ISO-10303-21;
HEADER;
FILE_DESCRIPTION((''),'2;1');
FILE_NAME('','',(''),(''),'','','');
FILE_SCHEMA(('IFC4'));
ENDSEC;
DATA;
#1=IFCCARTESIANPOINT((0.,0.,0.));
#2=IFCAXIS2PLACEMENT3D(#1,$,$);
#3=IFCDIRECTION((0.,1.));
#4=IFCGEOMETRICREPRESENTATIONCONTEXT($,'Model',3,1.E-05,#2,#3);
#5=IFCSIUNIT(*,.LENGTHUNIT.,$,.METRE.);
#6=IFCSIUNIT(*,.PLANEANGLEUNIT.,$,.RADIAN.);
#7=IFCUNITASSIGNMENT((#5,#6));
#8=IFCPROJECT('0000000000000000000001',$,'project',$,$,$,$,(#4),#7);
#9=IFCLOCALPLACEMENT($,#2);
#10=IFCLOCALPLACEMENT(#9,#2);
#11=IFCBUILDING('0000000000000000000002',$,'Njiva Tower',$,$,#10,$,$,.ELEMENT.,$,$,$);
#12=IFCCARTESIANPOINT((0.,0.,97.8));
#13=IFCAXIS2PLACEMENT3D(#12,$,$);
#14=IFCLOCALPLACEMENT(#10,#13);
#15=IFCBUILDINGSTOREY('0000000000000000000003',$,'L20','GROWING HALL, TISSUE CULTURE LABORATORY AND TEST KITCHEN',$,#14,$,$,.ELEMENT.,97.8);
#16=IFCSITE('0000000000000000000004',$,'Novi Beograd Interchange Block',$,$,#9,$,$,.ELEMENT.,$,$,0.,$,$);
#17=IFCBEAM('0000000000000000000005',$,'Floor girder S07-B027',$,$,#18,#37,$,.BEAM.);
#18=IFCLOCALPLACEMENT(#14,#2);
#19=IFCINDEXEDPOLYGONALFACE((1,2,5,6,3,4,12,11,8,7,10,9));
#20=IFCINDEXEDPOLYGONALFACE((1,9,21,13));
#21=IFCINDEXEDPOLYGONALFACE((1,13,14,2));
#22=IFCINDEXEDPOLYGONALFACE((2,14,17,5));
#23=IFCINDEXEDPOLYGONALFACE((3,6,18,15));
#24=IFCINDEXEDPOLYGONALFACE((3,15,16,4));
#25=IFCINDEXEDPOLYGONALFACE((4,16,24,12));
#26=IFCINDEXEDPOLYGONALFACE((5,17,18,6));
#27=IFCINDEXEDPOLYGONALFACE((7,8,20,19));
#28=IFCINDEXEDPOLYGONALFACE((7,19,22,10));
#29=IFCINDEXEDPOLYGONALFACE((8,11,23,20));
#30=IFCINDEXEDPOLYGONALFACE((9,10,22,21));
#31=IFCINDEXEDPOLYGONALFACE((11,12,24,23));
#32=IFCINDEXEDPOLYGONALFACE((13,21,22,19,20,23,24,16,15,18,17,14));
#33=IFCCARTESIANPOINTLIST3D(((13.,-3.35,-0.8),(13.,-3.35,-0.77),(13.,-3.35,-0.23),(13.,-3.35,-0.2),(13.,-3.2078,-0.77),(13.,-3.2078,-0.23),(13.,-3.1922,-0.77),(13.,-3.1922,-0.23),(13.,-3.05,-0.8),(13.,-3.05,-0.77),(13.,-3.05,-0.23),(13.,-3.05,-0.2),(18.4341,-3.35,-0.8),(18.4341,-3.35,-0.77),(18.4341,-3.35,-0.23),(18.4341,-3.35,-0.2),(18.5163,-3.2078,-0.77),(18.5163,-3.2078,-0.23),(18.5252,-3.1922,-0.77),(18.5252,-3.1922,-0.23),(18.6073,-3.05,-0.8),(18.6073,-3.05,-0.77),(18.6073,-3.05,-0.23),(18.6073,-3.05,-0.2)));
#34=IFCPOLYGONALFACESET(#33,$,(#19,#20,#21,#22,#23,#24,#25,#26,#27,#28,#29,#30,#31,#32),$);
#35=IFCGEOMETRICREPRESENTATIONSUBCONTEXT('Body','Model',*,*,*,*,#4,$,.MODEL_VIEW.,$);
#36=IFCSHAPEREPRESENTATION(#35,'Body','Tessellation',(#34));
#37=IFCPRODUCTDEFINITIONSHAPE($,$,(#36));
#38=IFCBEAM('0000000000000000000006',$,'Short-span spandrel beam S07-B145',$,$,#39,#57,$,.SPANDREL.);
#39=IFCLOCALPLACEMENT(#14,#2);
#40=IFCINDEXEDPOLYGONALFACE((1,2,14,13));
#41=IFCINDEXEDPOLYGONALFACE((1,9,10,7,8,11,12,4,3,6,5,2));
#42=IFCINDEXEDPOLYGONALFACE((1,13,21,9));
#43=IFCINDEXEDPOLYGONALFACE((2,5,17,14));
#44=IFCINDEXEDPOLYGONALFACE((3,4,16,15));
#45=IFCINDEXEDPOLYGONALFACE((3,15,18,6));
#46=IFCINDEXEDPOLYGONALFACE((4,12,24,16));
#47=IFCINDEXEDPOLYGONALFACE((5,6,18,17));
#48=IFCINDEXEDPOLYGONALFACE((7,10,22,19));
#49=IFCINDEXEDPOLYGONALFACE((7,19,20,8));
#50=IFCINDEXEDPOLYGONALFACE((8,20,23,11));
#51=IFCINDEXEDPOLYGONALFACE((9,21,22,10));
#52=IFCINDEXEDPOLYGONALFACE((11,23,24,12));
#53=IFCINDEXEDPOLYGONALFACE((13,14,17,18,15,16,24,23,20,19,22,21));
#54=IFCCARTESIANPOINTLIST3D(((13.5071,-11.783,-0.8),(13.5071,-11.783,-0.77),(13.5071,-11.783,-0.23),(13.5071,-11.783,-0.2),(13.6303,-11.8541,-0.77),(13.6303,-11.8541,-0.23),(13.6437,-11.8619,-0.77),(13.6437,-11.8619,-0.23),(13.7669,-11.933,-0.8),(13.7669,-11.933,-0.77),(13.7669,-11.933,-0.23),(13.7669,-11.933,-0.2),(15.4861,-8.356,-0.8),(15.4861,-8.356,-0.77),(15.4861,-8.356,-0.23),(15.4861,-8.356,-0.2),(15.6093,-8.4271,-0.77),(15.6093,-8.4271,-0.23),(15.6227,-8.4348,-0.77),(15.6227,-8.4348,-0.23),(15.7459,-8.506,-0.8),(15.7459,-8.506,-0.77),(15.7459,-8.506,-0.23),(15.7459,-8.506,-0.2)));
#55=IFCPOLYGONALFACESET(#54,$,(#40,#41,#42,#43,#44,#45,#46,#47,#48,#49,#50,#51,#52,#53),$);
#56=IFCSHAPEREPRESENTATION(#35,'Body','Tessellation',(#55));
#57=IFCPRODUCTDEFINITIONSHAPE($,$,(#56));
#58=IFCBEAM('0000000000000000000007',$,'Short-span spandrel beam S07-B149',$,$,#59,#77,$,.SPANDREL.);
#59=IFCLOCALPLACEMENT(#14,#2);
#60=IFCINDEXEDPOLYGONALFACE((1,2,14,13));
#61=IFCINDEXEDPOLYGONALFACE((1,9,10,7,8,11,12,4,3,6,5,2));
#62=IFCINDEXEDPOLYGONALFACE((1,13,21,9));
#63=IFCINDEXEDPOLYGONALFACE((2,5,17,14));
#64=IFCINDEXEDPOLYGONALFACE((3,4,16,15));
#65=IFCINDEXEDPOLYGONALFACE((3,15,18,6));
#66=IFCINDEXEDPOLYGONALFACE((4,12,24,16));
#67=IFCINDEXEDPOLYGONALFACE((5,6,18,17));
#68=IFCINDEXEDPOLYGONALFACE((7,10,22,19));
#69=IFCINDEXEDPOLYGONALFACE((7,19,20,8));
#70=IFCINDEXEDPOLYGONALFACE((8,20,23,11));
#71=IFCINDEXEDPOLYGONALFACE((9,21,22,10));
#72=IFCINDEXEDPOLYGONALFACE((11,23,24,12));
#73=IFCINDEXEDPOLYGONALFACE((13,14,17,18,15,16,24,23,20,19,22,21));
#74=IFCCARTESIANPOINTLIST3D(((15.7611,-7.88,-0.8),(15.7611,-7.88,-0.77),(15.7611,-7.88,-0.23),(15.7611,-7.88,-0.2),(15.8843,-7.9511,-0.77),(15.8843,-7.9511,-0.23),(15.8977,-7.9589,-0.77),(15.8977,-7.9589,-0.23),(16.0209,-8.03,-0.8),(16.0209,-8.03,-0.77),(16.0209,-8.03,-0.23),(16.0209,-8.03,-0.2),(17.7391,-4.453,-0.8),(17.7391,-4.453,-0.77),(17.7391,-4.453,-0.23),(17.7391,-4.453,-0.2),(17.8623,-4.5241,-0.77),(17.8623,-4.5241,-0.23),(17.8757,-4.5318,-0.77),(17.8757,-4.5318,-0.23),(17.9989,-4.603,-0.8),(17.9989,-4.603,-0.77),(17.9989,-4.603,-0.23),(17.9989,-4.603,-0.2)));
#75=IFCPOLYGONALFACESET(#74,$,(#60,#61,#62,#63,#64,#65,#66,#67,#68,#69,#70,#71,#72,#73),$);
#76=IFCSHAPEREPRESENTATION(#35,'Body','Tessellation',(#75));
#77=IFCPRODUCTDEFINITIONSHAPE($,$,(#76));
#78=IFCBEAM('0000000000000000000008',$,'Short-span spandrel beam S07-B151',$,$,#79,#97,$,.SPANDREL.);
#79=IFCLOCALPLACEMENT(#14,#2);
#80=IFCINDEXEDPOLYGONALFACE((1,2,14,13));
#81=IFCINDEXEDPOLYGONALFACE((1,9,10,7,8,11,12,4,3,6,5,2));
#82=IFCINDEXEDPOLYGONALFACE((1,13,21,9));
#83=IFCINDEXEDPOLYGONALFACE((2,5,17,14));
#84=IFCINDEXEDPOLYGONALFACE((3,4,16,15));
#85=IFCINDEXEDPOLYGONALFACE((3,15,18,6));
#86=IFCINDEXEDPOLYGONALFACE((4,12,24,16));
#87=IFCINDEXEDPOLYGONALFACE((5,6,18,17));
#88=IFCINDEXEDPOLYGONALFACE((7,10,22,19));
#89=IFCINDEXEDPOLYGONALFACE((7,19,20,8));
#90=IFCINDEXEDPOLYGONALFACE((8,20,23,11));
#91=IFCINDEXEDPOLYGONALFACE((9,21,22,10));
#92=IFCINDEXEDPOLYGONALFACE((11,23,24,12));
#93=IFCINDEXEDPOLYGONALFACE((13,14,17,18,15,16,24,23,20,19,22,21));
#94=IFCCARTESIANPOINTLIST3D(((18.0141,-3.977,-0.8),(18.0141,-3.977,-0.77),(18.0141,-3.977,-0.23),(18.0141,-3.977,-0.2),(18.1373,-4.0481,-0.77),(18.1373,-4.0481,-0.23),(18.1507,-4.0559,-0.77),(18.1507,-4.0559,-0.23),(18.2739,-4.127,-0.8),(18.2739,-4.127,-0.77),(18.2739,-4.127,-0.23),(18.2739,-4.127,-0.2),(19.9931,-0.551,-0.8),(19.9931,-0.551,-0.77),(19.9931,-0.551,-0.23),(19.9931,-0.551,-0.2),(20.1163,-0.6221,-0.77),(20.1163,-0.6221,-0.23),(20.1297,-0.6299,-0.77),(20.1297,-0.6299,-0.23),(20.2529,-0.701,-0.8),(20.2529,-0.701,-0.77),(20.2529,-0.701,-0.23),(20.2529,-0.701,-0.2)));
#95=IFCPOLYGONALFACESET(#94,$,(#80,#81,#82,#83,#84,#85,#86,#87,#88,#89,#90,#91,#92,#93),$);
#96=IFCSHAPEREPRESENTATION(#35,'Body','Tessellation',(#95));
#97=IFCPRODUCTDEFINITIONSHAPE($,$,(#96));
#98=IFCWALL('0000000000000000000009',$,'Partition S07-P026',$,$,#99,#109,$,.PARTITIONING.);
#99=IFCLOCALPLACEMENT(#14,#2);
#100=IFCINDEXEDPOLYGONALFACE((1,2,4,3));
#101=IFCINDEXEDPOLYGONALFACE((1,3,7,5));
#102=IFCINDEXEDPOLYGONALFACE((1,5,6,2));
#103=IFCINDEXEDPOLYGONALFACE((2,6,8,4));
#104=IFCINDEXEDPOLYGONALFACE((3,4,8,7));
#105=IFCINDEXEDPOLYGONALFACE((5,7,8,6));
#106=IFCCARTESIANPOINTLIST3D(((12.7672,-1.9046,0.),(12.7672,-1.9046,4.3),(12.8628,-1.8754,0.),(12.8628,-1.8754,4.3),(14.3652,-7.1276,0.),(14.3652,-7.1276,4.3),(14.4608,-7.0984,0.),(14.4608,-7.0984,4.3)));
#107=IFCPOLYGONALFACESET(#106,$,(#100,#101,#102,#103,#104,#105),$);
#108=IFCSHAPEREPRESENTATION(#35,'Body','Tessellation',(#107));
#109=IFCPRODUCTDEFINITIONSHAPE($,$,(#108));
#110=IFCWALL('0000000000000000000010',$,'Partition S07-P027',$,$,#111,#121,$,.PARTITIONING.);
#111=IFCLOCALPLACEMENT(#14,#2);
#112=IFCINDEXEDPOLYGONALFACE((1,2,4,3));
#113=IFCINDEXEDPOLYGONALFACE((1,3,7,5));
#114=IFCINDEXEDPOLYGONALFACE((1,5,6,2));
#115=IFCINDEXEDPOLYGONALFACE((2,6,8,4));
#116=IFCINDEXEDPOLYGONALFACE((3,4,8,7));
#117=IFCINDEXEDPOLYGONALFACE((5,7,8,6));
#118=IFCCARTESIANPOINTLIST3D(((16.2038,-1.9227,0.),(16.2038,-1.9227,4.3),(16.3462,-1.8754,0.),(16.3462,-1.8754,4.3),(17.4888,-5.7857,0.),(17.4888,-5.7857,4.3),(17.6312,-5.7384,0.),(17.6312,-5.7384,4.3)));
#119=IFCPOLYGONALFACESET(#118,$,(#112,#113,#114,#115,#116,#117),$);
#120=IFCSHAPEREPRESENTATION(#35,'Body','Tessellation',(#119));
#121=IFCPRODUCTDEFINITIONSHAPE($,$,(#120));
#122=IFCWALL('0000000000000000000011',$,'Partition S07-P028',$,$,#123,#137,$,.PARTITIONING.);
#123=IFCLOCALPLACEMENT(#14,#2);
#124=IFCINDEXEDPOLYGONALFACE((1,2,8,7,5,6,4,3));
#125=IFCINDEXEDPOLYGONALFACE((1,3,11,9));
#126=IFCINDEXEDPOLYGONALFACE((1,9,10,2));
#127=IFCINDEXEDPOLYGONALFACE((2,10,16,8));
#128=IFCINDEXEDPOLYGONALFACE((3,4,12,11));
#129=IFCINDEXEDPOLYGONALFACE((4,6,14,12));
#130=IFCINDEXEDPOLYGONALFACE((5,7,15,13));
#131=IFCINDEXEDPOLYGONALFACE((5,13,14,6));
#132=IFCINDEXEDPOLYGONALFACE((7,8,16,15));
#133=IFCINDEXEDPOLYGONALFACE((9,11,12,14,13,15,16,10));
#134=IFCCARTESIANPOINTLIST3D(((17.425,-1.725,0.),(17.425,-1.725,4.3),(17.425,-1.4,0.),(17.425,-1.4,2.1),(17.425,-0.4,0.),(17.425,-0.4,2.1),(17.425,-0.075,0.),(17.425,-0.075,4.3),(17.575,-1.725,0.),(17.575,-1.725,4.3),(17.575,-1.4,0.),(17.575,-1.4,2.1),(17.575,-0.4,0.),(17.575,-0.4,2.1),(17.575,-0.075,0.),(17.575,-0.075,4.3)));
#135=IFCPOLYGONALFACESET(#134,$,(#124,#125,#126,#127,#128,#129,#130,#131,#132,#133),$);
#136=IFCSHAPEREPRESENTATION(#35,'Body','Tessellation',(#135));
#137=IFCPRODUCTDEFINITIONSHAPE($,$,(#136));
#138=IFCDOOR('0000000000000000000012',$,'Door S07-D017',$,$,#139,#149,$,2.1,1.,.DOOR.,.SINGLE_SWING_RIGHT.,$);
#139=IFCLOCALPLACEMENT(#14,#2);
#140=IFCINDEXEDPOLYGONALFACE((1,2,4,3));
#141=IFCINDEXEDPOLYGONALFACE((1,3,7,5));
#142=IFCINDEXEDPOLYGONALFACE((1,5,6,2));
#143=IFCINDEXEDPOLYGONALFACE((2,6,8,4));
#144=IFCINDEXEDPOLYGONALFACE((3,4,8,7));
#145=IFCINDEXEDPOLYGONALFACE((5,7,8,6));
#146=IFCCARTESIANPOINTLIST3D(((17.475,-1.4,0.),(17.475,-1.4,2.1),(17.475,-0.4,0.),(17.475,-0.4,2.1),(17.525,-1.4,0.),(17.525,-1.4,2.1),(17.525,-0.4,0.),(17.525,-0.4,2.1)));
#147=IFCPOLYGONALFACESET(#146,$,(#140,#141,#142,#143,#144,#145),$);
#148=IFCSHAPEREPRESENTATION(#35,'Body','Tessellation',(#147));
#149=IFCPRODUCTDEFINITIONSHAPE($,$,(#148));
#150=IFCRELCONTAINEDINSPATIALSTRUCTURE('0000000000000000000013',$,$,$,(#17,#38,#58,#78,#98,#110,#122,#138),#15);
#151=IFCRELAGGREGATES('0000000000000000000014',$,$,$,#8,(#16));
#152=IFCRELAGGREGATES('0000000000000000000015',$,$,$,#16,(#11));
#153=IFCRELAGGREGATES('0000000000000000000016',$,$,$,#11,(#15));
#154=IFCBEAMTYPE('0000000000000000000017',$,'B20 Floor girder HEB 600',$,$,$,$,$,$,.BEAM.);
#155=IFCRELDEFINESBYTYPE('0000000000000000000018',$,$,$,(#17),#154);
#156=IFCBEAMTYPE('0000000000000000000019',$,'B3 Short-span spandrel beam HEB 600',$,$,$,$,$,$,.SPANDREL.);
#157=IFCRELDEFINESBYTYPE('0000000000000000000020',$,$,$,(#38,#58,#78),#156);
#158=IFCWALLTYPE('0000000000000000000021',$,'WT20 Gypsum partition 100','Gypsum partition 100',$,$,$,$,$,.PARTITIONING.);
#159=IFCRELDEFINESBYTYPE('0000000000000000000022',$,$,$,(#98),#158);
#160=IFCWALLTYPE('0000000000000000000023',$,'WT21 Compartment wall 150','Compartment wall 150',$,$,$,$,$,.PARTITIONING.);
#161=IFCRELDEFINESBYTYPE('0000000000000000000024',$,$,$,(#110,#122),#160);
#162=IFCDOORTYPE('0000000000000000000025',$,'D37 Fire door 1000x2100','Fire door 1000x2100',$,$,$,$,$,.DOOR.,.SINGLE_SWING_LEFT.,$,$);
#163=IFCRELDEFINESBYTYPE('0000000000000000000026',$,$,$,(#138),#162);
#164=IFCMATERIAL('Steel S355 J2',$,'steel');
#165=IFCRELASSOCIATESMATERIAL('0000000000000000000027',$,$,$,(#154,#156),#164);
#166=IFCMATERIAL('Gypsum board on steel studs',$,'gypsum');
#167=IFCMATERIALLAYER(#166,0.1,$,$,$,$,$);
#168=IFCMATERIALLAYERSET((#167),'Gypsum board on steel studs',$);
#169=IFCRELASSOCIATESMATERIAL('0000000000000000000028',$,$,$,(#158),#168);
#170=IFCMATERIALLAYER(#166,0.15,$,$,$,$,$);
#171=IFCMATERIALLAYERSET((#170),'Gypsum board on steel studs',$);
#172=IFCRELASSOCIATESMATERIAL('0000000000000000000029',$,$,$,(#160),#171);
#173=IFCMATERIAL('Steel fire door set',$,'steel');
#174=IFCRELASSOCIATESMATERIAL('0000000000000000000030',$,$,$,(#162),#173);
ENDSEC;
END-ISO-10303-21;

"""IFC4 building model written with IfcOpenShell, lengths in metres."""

from ifc_helpers import new_model, si_unit, direction, frame, frame_2d, origin, origin_2d, place, context, subcontext, project, spatial, rectangle, i_section, extrude, clip, halfspace, material, layer, layer_set, material_profile, profile_set, type_object, element, fill, save


model = new_model("IFC4")

# Units and contexts
model_context = context("Model", 3, precision=1e-05, world=origin(), true_north=direction((0.0, 1.0)))
body_context = subcontext(model_context, "Body", "Model", "MODEL_VIEW")
ifc_project = project(units=[si_unit("LENGTHUNIT", "METRE"), si_unit("PLANEANGLEUNIT", "RADIAN")], contexts=[model_context])

# Site, building, storey
site_placement = place(None, origin())
site = spatial("IfcSite", under=ifc_project, at=site_placement, Name="Novi Beograd Interchange Block", CompositionType="ELEMENT", RefElevation=0.0)
building_placement = place(site_placement, origin())
building = spatial("IfcBuilding", under=site, at=building_placement, Name="Njiva Tower", CompositionType="ELEMENT")
storey_placement = place(building_placement, frame((0.0, 0.0, 97.8)))
storey = spatial("IfcBuildingStorey", under=building, at=storey_placement, Name="L20", Description="GROWING HALL, TISSUE CULTURE LABORATORY AND TEST KITCHEN", CompositionType="ELEMENT", Elevation=97.8)

# Shared definitions
ifc_material_1 = material(Name="Steel S355 J2", Category="steel")

# Beams
ifc_material_profile_1 = material_profile(ifc_material_1, i_section(OverallWidth=0.3, OverallDepth=0.6, WebThickness=0.0155, FlangeThickness=0.03, at=origin_2d()), Name="HEB 600")
ifc_profile_set_1 = profile_set([ifc_material_profile_1], Name="Steel S355 J2")
beam_type_1 = type_object("IfcBeamType", Name="B20 Floor girder HEB 600", PredefinedType="BEAM", material=ifc_profile_set_1)
beam_1_placement = place(storey_placement, frame((13.0, -3.2, -0.5), z_axis=(1.0, 0.0, 0.0), x_axis=(0.0, 1.0, 0.0)))
element("IfcBeam", 1, at=beam_1_placement, inside=storey, type_object=beam_type_1, Name="Floor girder S07-B027", PredefinedType="BEAM", context=body_context, shape_type="Clipping", body=[
    clip(extrude(i_section(OverallWidth=0.3, OverallDepth=0.6, WebThickness=0.0155, FlangeThickness=0.03, at=origin_2d()), origin(), (0.0, 0.0, 1.0), 5.628), halfspace(frame((-0.025, 0.0, 5.5063), z_axis=(-0.499998, 0.0, 0.866027), x_axis=(0.0, 1.0, 0.0)), False)),
])
ifc_material_profile_2 = material_profile(ifc_material_1, i_section(OverallWidth=0.3, OverallDepth=0.6, WebThickness=0.0155, FlangeThickness=0.03, at=origin_2d()), Name="HEB 600")
ifc_profile_set_2 = profile_set([ifc_material_profile_2], Name="Steel S355 J2")
beam_type_2 = type_object("IfcBeamType", Name="B3 Short-span spandrel beam HEB 600", PredefinedType="SPANDREL", material=ifc_profile_set_2)
beam_2_placement = place(storey_placement, frame((13.637, -11.858, -0.5), z_axis=(0.50008, 0.865979, 0.0), x_axis=(-0.865979, 0.50008, 0.0)))
element("IfcBeam", 2, at=beam_2_placement, inside=storey, type_object=beam_type_2, Name="Short-span spandrel beam S07-B145", PredefinedType="SPANDREL", context=body_context, shape_type="SweptSolid", body=[
    extrude(i_section(OverallWidth=0.3, OverallDepth=0.6, WebThickness=0.0155, FlangeThickness=0.03, at=origin_2d()), origin(), (0.0, 0.0, 1.0), 3.9574),
])
beam_3_placement = place(storey_placement, frame((15.891, -7.955, -0.5), z_axis=(0.49989, 0.866089, 0.0), x_axis=(-0.866089, 0.49989, 0.0)))
element("IfcBeam", 3, at=beam_3_placement, inside=storey, type_object=beam_type_2, Name="Short-span spandrel beam S07-B149", PredefinedType="SPANDREL", context=body_context, shape_type="SweptSolid", body=[
    extrude(i_section(OverallWidth=0.3, OverallDepth=0.6, WebThickness=0.0155, FlangeThickness=0.03, at=origin_2d()), origin(), (0.0, 0.0, 1.0), 3.9569),
])
beam_4_placement = place(storey_placement, frame((18.144, -4.052, -0.5), z_axis=(0.500189, 0.865916, 0.0), x_axis=(-0.865916, 0.500189, 0.0)))
element("IfcBeam", 4, at=beam_4_placement, inside=storey, type_object=beam_type_2, Name="Short-span spandrel beam S07-B151", PredefinedType="SPANDREL", context=body_context, shape_type="SweptSolid", body=[
    extrude(i_section(OverallWidth=0.3, OverallDepth=0.6, WebThickness=0.0155, FlangeThickness=0.03, at=origin_2d()), origin(), (0.0, 0.0, 1.0), 3.9565),
])

# Walls
ifc_material_2 = material(Name="Gypsum board on steel studs", Category="gypsum")
ifc_layer_1 = layer(ifc_material_2, 0.1)
ifc_layer_set_1 = layer_set([ifc_layer_1], Name="Gypsum board on steel studs")
wall_type_1 = type_object("IfcWallType", Name="WT20 Gypsum partition 100", Description="Gypsum partition 100", PredefinedType="PARTITIONING", material=ifc_layer_set_1)
wall_1_placement = place(storey_placement, frame((12.815, -1.89, 0.0), z_axis=(0.0, 0.0, 1.0), x_axis=(0.292567, -0.956245, 0.0)))
element("IfcWall", 5, at=wall_1_placement, inside=storey, type_object=wall_type_1, Name="Partition S07-P026", PredefinedType="PARTITIONING", context=body_context, shape_type="SweptSolid", body=[
    extrude(rectangle(XDim=5.462, YDim=0.1, at=frame_2d((2.731, 0.0))), origin(), (0.0, 0.0, 1.0), 4.3),
])
ifc_layer_2 = layer(ifc_material_2, 0.15)
ifc_layer_set_2 = layer_set([ifc_layer_2], Name="Gypsum board on steel studs")
wall_type_2 = type_object("IfcWallType", Name="WT21 Compartment wall 150", Description="Compartment wall 150", PredefinedType="PARTITIONING", material=ifc_layer_set_2)
wall_2_placement = place(storey_placement, frame((16.275, -1.899, 0.0), z_axis=(0.0, 0.0, 1.0), x_axis=(0.315638, -0.94888, 0.0)))
element("IfcWall", 6, at=wall_2_placement, inside=storey, type_object=wall_type_2, Name="Partition S07-P027", PredefinedType="PARTITIONING", context=body_context, shape_type="SweptSolid", body=[
    extrude(rectangle(XDim=4.0711, YDim=0.15, at=frame_2d((2.0356, 0.0))), origin(), (0.0, 0.0, 1.0), 4.3),
])

# Wall, opening, door
wall_3_placement = place(storey_placement, frame((17.5, -1.725, 0.0), z_axis=(0.0, 0.0, 1.0), x_axis=(0.0, 1.0, 0.0)))
wall_3 = element("IfcWall", 7, at=wall_3_placement, inside=storey, type_object=wall_type_2, Name="Partition S07-P028", PredefinedType="PARTITIONING", context=body_context, shape_type="SweptSolid", body=[
    extrude(rectangle(XDim=1.65, YDim=0.15, at=frame_2d((0.825, 0.0))), origin(), (0.0, 0.0, 1.0), 4.3),
])
opening_1_placement = place(wall_3_placement, frame((0.325, 0.0, 0.0)))
opening_1 = element("IfcOpeningElement", 8, at=opening_1_placement, cuts=wall_3, PredefinedType="OPENING", context=body_context, shape_type="SweptSolid", body=[
    extrude(rectangle(XDim=1.0, YDim=2.1, at=frame_2d((0.5, 1.05))), frame((0.0, 0.085, 0.0), z_axis=(0.0, -1.0, 0.0), x_axis=(1.0, 0.0, 0.0)), (0.0, 0.0, 1.0), 0.17),
])
ifc_material_3 = material(Name="Steel fire door set", Category="steel")
door_type = type_object("IfcDoorType", Name="D37 Fire door 1000x2100", Description="Fire door 1000x2100", OperationType="SINGLE_SWING_LEFT", PredefinedType="DOOR", material=ifc_material_3)
door_1_placement = place(opening_1_placement, origin())
door_1 = element("IfcDoor", 9, at=door_1_placement, inside=storey, type_object=door_type, Name="Door S07-D017", OperationType="SINGLE_SWING_RIGHT", OverallHeight=2.1, OverallWidth=1.0, PredefinedType="DOOR", context=body_context, shape_type="SweptSolid", body=[
    extrude(rectangle(XDim=1.0, YDim=2.1, at=frame_2d((0.5, 1.05))), frame((0.0, 0.025, 0.0), z_axis=(0.0, -1.0, 0.0), x_axis=(1.0, 0.0, 0.0)), (0.0, 0.0, 1.0), 0.05),
])
fill(opening_1, door_1)

save(model, "model.ifc")
